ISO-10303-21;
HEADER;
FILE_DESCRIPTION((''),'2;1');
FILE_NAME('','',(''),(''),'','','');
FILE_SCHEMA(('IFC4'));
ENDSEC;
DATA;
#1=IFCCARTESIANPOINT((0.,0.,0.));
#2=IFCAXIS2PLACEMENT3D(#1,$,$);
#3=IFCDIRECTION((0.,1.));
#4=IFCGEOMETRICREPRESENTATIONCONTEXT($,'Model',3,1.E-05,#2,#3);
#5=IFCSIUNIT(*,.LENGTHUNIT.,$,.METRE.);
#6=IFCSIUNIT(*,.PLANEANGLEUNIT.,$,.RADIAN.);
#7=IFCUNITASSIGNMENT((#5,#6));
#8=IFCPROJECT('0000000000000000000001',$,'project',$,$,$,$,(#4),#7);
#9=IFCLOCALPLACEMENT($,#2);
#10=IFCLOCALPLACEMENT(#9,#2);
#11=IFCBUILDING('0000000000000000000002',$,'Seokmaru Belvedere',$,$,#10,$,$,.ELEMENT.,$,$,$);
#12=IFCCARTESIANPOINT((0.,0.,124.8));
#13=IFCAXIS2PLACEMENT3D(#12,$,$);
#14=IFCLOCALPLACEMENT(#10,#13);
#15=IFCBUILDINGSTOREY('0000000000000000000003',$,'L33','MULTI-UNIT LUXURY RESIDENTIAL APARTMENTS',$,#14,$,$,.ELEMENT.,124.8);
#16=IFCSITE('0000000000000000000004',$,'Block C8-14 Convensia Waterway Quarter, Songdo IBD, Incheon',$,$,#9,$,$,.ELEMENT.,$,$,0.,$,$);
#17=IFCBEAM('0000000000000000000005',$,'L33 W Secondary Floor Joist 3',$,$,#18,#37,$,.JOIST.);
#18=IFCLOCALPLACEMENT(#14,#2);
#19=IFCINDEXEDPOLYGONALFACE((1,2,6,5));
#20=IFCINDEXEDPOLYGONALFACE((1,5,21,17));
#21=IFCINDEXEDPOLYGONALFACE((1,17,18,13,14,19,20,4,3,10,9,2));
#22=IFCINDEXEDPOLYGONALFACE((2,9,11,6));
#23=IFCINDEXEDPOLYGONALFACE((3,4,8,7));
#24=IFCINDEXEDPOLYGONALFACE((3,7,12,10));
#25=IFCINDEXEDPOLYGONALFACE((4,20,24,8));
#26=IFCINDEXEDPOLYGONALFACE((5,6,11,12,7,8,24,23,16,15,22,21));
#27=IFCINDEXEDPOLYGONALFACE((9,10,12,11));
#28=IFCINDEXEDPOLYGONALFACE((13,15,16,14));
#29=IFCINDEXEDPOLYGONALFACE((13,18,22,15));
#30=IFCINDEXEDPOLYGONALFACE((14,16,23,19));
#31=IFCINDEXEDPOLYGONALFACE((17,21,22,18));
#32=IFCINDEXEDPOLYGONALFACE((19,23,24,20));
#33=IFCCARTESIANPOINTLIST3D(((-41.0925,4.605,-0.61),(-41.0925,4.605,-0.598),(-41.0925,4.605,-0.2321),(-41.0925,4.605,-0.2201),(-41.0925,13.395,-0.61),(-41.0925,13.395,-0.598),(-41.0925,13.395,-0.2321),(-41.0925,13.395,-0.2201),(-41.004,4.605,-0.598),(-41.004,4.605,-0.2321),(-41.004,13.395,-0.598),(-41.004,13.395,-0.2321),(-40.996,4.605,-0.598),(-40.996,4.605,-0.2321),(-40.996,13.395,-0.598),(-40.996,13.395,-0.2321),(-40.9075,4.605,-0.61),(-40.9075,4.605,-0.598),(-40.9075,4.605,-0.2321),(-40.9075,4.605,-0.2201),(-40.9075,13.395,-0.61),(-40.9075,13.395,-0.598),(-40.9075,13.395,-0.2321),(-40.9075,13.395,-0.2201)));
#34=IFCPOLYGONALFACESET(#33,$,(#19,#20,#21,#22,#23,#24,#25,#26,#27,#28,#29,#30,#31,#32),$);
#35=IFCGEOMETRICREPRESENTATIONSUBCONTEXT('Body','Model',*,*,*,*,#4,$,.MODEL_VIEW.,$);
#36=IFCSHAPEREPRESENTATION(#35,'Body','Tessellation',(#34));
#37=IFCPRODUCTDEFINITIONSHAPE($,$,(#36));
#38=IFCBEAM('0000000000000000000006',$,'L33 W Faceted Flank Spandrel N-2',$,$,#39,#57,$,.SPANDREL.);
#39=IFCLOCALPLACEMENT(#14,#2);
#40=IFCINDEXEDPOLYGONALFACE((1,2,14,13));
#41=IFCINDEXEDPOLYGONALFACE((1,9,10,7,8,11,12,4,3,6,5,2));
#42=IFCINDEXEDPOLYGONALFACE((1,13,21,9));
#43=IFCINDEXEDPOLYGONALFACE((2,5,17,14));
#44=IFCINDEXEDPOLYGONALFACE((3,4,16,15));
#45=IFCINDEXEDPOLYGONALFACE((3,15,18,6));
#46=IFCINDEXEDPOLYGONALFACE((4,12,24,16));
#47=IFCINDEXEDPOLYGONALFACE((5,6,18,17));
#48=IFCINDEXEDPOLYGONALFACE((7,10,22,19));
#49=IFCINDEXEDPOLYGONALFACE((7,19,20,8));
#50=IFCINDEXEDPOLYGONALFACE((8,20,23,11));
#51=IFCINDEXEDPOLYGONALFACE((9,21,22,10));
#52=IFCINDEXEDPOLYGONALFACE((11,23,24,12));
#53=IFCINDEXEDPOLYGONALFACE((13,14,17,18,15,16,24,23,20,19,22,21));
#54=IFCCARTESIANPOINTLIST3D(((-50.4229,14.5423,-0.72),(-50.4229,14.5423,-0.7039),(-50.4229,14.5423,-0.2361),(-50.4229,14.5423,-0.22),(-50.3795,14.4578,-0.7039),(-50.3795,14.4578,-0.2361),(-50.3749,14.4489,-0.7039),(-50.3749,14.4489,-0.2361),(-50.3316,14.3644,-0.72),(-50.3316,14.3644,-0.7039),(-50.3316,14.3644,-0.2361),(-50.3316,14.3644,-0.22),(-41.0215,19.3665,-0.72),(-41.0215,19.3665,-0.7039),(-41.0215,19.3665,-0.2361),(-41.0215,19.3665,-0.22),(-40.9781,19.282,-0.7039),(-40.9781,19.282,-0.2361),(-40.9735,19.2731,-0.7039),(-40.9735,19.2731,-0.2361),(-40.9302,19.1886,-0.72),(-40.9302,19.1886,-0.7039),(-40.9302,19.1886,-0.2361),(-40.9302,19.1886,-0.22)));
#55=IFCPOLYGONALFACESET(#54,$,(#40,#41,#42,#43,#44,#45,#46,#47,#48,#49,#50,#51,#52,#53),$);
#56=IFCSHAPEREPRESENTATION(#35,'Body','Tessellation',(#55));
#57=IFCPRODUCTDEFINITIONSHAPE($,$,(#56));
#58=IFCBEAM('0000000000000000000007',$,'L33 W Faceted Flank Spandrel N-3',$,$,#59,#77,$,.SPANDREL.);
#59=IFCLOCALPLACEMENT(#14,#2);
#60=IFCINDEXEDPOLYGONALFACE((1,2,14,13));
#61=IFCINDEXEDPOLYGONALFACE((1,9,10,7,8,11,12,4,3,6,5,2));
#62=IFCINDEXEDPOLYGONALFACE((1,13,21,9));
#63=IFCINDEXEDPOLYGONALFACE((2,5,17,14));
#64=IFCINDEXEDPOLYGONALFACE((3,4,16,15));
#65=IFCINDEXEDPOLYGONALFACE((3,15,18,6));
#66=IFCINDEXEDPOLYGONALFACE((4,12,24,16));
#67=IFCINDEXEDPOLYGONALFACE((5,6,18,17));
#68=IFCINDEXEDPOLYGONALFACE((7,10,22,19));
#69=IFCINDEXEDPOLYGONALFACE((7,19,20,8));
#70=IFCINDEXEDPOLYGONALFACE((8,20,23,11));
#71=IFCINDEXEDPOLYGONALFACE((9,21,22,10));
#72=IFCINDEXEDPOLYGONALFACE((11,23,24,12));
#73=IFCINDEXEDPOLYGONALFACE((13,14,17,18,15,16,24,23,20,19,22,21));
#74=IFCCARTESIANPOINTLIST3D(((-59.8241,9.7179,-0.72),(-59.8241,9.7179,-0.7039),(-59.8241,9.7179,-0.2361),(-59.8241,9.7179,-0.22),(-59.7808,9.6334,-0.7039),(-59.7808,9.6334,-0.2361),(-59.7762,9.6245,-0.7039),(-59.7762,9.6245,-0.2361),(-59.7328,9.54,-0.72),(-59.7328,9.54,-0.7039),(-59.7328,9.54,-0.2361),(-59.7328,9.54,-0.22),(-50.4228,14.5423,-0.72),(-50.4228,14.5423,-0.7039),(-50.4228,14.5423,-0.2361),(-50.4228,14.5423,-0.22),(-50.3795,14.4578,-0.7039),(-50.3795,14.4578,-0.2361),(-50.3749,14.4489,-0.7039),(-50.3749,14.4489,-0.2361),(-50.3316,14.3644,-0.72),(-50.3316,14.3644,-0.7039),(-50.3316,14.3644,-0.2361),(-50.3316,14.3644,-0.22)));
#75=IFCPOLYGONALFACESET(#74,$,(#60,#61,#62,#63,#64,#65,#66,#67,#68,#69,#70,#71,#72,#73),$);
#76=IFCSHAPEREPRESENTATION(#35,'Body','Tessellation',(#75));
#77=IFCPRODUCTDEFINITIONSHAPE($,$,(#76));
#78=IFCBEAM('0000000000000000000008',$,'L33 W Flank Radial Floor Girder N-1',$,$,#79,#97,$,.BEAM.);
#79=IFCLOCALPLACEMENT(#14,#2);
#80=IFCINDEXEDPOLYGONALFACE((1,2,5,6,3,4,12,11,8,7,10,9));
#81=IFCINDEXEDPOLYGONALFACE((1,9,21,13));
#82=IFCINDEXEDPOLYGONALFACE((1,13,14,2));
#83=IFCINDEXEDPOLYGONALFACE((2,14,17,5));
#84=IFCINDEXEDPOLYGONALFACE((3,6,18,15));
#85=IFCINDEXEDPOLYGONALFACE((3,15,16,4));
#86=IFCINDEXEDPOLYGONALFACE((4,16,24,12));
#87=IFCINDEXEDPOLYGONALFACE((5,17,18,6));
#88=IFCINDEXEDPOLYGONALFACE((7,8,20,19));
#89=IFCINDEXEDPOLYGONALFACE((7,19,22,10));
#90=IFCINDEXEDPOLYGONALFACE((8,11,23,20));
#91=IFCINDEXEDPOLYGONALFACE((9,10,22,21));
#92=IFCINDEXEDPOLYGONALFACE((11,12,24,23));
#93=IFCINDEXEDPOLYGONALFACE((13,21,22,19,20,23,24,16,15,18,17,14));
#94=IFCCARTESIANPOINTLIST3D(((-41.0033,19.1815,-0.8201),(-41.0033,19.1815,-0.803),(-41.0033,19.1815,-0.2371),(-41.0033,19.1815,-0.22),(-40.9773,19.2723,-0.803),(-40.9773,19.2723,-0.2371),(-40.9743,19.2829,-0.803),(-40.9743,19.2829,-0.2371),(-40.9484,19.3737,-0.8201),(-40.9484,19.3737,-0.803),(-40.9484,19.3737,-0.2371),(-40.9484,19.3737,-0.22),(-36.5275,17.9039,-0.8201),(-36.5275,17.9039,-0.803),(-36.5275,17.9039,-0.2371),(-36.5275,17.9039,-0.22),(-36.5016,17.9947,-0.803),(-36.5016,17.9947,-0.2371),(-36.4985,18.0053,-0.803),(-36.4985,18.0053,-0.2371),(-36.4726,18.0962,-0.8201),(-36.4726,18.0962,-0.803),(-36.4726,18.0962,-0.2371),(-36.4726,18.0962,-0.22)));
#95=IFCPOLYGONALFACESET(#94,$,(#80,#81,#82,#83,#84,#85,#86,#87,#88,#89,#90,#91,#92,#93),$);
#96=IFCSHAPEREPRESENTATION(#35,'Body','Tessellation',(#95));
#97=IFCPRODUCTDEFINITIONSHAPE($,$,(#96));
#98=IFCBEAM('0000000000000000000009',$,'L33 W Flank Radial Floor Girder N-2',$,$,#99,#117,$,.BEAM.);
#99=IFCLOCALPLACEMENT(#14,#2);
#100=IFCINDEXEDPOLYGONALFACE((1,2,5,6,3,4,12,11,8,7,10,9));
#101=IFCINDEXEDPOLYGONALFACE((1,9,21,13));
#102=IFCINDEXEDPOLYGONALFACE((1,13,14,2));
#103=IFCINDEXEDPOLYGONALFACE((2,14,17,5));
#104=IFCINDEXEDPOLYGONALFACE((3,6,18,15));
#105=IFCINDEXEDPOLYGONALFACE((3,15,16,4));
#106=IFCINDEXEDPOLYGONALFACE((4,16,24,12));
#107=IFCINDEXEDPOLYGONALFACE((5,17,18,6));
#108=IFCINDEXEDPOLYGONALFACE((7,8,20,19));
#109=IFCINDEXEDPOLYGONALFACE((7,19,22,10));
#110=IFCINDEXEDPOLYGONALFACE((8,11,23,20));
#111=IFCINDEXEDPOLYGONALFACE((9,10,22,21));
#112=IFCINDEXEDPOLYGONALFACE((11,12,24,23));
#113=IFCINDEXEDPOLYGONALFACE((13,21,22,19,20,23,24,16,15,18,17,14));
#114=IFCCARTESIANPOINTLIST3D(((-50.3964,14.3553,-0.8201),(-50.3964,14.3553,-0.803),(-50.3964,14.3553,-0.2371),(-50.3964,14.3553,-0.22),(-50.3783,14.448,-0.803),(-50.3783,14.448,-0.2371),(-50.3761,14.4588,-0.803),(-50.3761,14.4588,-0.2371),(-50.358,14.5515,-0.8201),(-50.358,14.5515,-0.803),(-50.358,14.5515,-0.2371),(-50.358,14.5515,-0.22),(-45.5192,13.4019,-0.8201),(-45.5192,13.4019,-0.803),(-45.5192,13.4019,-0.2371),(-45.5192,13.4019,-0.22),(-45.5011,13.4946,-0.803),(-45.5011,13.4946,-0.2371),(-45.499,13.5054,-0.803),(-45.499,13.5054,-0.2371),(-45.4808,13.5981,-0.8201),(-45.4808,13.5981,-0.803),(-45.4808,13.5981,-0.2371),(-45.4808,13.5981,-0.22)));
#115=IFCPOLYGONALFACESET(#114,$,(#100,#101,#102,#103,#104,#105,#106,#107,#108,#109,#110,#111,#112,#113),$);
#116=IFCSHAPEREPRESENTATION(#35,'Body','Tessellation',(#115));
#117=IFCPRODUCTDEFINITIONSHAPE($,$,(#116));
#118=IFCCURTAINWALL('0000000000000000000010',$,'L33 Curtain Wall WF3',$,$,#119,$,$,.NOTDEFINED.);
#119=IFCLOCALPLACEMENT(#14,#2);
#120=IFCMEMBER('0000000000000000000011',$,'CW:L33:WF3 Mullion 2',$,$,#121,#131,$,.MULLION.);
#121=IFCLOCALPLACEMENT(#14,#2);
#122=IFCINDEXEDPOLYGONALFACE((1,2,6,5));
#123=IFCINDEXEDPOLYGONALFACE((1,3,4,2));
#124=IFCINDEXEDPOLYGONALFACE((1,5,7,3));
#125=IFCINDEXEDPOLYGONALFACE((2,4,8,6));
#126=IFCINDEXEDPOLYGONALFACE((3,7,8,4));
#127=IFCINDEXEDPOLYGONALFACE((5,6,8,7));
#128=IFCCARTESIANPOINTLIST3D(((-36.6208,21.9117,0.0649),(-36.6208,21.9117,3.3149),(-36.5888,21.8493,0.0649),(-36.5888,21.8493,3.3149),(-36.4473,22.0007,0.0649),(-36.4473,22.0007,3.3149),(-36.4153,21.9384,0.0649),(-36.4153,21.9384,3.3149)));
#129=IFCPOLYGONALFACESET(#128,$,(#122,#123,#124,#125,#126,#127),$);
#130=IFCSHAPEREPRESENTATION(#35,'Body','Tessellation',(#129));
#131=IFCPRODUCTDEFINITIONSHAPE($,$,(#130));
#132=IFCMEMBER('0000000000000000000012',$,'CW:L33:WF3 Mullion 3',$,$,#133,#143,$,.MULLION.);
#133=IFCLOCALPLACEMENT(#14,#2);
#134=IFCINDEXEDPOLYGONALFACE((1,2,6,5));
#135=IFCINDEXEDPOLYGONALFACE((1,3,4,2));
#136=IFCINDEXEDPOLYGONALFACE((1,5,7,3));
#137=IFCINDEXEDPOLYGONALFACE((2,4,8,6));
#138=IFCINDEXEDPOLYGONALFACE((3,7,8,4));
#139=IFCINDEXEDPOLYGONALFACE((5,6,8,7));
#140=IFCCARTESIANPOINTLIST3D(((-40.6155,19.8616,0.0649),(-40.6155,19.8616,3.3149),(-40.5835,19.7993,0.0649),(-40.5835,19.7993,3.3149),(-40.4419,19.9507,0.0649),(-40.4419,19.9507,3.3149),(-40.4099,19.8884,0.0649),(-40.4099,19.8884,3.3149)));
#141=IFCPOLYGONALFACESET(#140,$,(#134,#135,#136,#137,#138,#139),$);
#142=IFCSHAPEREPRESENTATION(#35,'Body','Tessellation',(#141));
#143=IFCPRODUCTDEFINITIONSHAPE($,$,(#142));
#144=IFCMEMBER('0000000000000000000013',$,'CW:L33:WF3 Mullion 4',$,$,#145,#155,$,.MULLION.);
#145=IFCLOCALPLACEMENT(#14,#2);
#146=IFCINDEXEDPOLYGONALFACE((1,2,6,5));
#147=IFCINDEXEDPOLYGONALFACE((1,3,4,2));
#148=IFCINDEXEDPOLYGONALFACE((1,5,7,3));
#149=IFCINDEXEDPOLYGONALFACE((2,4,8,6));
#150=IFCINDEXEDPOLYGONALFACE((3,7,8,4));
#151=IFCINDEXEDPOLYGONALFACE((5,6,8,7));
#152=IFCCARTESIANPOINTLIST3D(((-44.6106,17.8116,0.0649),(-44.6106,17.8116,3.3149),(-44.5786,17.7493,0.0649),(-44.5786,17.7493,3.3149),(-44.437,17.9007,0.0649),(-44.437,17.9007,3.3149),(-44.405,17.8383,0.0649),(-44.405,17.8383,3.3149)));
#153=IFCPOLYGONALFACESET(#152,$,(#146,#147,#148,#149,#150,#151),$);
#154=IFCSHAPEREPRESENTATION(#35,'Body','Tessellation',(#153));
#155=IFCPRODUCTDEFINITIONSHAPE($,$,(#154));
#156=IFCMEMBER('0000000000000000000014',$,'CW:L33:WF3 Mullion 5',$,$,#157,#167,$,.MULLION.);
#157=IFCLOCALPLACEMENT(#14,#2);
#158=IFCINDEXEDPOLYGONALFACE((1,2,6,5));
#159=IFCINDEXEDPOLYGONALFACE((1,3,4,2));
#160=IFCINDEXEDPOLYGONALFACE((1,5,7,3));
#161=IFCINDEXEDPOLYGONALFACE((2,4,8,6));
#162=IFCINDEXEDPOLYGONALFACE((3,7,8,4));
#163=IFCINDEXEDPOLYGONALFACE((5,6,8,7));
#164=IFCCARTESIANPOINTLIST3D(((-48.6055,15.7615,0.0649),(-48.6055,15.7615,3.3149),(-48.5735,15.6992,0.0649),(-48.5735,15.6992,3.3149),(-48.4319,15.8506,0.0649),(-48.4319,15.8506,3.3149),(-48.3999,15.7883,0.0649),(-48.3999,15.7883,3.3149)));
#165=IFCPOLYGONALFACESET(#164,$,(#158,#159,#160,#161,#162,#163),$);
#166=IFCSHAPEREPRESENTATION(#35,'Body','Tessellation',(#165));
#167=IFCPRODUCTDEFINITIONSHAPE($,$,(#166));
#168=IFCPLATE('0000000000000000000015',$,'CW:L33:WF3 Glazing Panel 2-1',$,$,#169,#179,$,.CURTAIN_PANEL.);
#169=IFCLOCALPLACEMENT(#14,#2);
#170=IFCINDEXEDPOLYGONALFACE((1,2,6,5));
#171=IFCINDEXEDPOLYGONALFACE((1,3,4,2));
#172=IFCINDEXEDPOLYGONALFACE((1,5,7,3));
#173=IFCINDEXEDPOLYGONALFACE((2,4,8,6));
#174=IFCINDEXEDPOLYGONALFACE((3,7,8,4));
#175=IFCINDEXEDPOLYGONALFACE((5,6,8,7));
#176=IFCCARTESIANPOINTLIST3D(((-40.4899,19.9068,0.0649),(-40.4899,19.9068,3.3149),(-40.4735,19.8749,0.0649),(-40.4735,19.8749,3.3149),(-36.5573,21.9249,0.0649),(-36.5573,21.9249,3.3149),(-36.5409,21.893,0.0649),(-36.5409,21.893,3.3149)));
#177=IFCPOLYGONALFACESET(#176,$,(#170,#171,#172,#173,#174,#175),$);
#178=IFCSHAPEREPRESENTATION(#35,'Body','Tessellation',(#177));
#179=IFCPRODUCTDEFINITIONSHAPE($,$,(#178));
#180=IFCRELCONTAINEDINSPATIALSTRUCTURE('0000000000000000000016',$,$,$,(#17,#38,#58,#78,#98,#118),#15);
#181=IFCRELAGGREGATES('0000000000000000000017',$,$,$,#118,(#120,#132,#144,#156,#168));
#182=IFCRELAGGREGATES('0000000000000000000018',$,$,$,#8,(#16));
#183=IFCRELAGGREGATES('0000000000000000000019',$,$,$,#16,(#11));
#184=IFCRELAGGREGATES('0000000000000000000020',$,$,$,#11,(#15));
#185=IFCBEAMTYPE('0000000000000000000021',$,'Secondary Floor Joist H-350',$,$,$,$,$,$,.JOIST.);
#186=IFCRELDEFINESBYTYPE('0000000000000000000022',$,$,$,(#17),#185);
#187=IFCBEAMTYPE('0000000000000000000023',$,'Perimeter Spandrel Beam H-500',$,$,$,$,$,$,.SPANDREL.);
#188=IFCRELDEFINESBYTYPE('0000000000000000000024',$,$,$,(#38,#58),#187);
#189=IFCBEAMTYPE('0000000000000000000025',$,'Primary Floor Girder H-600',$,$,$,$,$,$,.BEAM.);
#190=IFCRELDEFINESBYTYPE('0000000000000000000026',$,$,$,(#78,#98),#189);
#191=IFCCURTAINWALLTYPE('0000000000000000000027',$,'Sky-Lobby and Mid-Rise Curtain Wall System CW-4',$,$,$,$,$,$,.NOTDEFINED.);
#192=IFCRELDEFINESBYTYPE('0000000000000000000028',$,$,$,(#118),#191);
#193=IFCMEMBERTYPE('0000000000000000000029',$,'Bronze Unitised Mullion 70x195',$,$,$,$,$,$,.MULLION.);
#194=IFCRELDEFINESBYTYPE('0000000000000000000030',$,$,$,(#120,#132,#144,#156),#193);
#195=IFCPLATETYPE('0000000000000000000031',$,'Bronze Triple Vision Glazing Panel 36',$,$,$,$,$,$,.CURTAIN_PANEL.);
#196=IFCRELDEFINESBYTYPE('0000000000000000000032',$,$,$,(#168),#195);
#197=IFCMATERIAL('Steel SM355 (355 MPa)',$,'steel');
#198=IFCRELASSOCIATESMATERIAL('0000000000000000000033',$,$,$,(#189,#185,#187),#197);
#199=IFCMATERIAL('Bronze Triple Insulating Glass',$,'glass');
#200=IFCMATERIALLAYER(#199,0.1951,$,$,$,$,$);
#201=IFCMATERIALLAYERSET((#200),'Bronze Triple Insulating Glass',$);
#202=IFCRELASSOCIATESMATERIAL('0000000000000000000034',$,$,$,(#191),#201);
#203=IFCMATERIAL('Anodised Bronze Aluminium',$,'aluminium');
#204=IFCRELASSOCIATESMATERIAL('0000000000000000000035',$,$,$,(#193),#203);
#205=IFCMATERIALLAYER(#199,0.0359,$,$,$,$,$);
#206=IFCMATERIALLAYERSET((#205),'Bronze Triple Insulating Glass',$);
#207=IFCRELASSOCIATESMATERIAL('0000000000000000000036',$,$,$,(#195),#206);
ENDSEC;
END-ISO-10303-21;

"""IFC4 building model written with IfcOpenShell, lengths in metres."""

from ifc_helpers import new_model, si_unit, direction, frame, origin, origin_2d, place, context, subcontext, project, spatial, rectangle, i_section, extrude, source, transform, mapped, material, layer, layer_set, material_profile, profile_set, type_object, type_shapes, element, aggregate, save


model = new_model("IFC4")

# Units and contexts
model_context = context("Model", 3, precision=1e-05, world=origin(), true_north=direction((0.0, 1.0)))
body_context = subcontext(model_context, "Body", "Model", "MODEL_VIEW")
ifc_project = project(units=[si_unit("LENGTHUNIT", "METRE"), si_unit("PLANEANGLEUNIT", "RADIAN")], contexts=[model_context])

# Site, building, storey
site_placement = place(None, origin())
site = spatial("IfcSite", under=ifc_project, at=site_placement, Name="Block C8-14 Convensia Waterway Quarter, Songdo IBD, Incheon", CompositionType="ELEMENT", RefElevation=0.0)
building_placement = place(site_placement, origin())
building = spatial("IfcBuilding", under=site, at=building_placement, Name="Seokmaru Belvedere", CompositionType="ELEMENT")
storey_placement = place(building_placement, frame((0.0, 0.0, 124.8)))
storey = spatial("IfcBuildingStorey", under=building, at=storey_placement, Name="L33", Description="MULTI-UNIT LUXURY RESIDENTIAL APARTMENTS", CompositionType="ELEMENT", Elevation=124.8)

# Shared definitions
ifc_material_1 = material(Name="Steel SM355 (355 MPa)", Category="steel")

# Beams
ifc_material_profile_1 = material_profile(ifc_material_1, i_section(OverallWidth=0.2, OverallDepth=0.6001, WebThickness=0.011, FlangeThickness=0.0171, at=origin_2d()), Name="H-600x200x11x17")
ifc_profile_set_1 = profile_set([ifc_material_profile_1], Name="Steel SM355 (355 MPa)")
beam_type_1 = type_object("IfcBeamType", Name="Primary Floor Girder H-600", PredefinedType="BEAM", material=ifc_profile_set_1)
ifc_material_profile_2 = material_profile(ifc_material_1, i_section(OverallWidth=0.1851, OverallDepth=0.3899, WebThickness=0.0081, FlangeThickness=0.012, at=origin_2d()), Name="H-390x185x8x12")
ifc_profile_set_2 = profile_set([ifc_material_profile_2], Name="Steel SM355 (355 MPa)")
beam_type_2 = type_object("IfcBeamType", Name="Secondary Floor Joist H-350", PredefinedType="JOIST", material=ifc_profile_set_2)
shared_shape_1 = source(origin(), body_context, "Body", "SweptSolid", [
    extrude(i_section(OverallWidth=0.1851, OverallDepth=0.3899, WebThickness=0.0081, FlangeThickness=0.012, at=origin_2d()), origin(), (0.0, 0.0, 1.0), 8.79),
])
type_shapes(beam_type_2, [shared_shape_1])
for number, where, z_axis, x_axis, name in (
    (1, (-41.0, 4.605, -0.415), (0.0, 1.0, 0.0), (-1.0, 0.0, 0.0), "L33 W Secondary Floor Joist 3"),
):
    element("IfcBeam", number, at=place(storey_placement, frame(where, z_axis=z_axis, x_axis=x_axis)), inside=storey, type_object=beam_type_2, Name=name, PredefinedType="JOIST", context=body_context, shape_type="MappedRepresentation", body=[
        mapped(shared_shape_1, transform((0.0, 0.0, 0.0), scale=1.0)),
    ])
ifc_material_profile_3 = material_profile(ifc_material_1, i_section(OverallWidth=0.2, OverallDepth=0.5, WebThickness=0.01, FlangeThickness=0.0161, at=origin_2d()), Name="H-500x200x10x16")
ifc_profile_set_3 = profile_set([ifc_material_profile_3], Name="Steel SM355 (355 MPa)")
beam_type_3 = type_object("IfcBeamType", Name="Perimeter Spandrel Beam H-500", PredefinedType="SPANDREL", material=ifc_profile_set_3)
shared_shape_2 = source(origin(), body_context, "Body", "SweptSolid", [
    extrude(i_section(OverallWidth=0.2, OverallDepth=0.5, WebThickness=0.01, FlangeThickness=0.0161, at=origin_2d()), origin(), (0.0, 0.0, 1.0), 10.5669),
])
type_shapes(beam_type_3, [shared_shape_2])
for number, where, z_axis, x_axis, name in (
    (2, (-40.9758, 19.2776, -0.47), (-0.889702, -0.456542, 0.0), (0.456542, -0.889702, 0.0), "L33 W Faceted Flank Spandrel N-2"),
    (3, (-50.3772, 14.4534, -0.47), (-0.889693, -0.45656, 0.0), (0.45656, -0.889693, 0.0), "L33 W Faceted Flank Spandrel N-3"),
):
    element("IfcBeam", number, at=place(storey_placement, frame(where, z_axis=z_axis, x_axis=x_axis)), inside=storey, type_object=beam_type_3, Name=name, PredefinedType="SPANDREL", context=body_context, shape_type="MappedRepresentation", body=[
        mapped(shared_shape_2, transform((0.0, 0.0, 0.0), scale=1.0)),
    ])
shared_shape_3 = source(origin(), body_context, "Body", "SweptSolid", [
    extrude(i_section(OverallWidth=0.2, OverallDepth=0.6001, WebThickness=0.011, FlangeThickness=0.0171, at=origin_2d()), origin(), (0.0, 0.0, 1.0), 4.6545),
])
beam_1_placement = place(storey_placement, frame((-40.9758, 19.2776, -0.52), z_axis=(0.961593, -0.274479, 0.0), x_axis=(0.274479, 0.961593, 0.0)))
element("IfcBeam", 4, at=beam_1_placement, inside=storey, type_object=beam_type_1, Name="L33 W Flank Radial Floor Girder N-1", PredefinedType="BEAM", context=body_context, shape_type="MappedRepresentation", body=[
    mapped(shared_shape_3, transform((0.0, 0.0, 0.0), scale=1.0)),
])
shared_shape_4 = source(origin(), body_context, "Body", "SweptSolid", [
    extrude(i_section(OverallWidth=0.2, OverallDepth=0.6001, WebThickness=0.011, FlangeThickness=0.0171, at=origin_2d()), origin(), (0.0, 0.0, 1.0), 4.9695),
])
beam_2_placement = place(storey_placement, frame((-50.3772, 14.4534, -0.52), z_axis=(0.981425, -0.191844, 0.0), x_axis=(0.191844, 0.981425, 0.0)))
element("IfcBeam", 5, at=beam_2_placement, inside=storey, type_object=beam_type_1, Name="L33 W Flank Radial Floor Girder N-2", PredefinedType="BEAM", context=body_context, shape_type="MappedRepresentation", body=[
    mapped(shared_shape_4, transform((0.0, 0.0, 0.0), scale=1.0)),
])

# Curtain wall, members, plate
ifc_material_2 = material(Name="Bronze Triple Insulating Glass", Category="glass")
ifc_layer_1 = layer(ifc_material_2, 0.1951)
ifc_layer_set_1 = layer_set([ifc_layer_1], Name="Bronze Triple Insulating Glass")
curtain_wall_type = type_object("IfcCurtainWallType", Name="Sky-Lobby and Mid-Rise Curtain Wall System CW-4", PredefinedType="NOTDEFINED", material=ifc_layer_set_1)
curtain_wall_placement = place(storey_placement, origin())
curtain_wall = element("IfcCurtainWall", 6, at=curtain_wall_placement, inside=storey, type_object=curtain_wall_type, Name="L33 Curtain Wall WF3", PredefinedType="NOTDEFINED")
ifc_material_3 = material(Name="Anodised Bronze Aluminium", Category="aluminium")
ifc_material_profile_4 = material_profile(ifc_material_3, rectangle(XDim=0.0701, YDim=0.1951, at=origin_2d()), Name="CW-M-70x195")
ifc_profile_set_4 = profile_set([ifc_material_profile_4], Name="Anodised Bronze Aluminium")
member_type = type_object("IfcMemberType", Name="Bronze Unitised Mullion 70x195", PredefinedType="MULLION", material=ifc_profile_set_4)
shared_shape_5 = source(origin(), body_context, "Body", "SweptSolid", [
    extrude(rectangle(XDim=0.0701, YDim=0.1951, at=origin_2d()), origin(), (0.0, 0.0, 1.0), 3.25),
])
type_shapes(member_type, [shared_shape_5])
member_1_placement = place(storey_placement, frame((-36.5181, 21.925, 0.0649), z_axis=(0.0, 0.0, 1.0), x_axis=(0.456555, -0.889695, 0.0)))
member_1 = element("IfcMember", 7, at=member_1_placement, type_object=member_type, Name="CW:L33:WF3 Mullion 2", PredefinedType="MULLION", context=body_context, shape_type="MappedRepresentation", body=[
    mapped(shared_shape_5, transform((0.0, 0.0, 0.0), scale=1.0)),
])
member_2_placement = place(storey_placement, frame((-40.5127, 19.875, 0.0649), z_axis=(0.0, 0.0, 1.0), x_axis=(0.456555, -0.889695, 0.0)))
member_2 = element("IfcMember", 8, at=member_2_placement, type_object=member_type, Name="CW:L33:WF3 Mullion 3", PredefinedType="MULLION", context=body_context, shape_type="MappedRepresentation", body=[
    mapped(shared_shape_5, transform((0.0, 0.0, 0.0), scale=1.0)),
])
member_3_placement = place(storey_placement, frame((-44.5078, 17.825, 0.0649), z_axis=(0.0, 0.0, 1.0), x_axis=(0.456555, -0.889695, 0.0)))
member_3 = element("IfcMember", 9, at=member_3_placement, type_object=member_type, Name="CW:L33:WF3 Mullion 4", PredefinedType="MULLION", context=body_context, shape_type="MappedRepresentation", body=[
    mapped(shared_shape_5, transform((0.0, 0.0, 0.0), scale=1.0)),
])
member_4_placement = place(storey_placement, frame((-48.5027, 15.7749, 0.0649), z_axis=(0.0, 0.0, 1.0), x_axis=(0.456555, -0.889695, 0.0)))
member_4 = element("IfcMember", 10, at=member_4_placement, type_object=member_type, Name="CW:L33:WF3 Mullion 5", PredefinedType="MULLION", context=body_context, shape_type="MappedRepresentation", body=[
    mapped(shared_shape_5, transform((0.0, 0.0, 0.0), scale=1.0)),
])
ifc_layer_2 = layer(ifc_material_2, 0.0359)
ifc_layer_set_2 = layer_set([ifc_layer_2], Name="Bronze Triple Insulating Glass")
plate_type = type_object("IfcPlateType", Name="Bronze Triple Vision Glazing Panel 36", PredefinedType="CURTAIN_PANEL", material=ifc_layer_set_2)
shared_shape_6 = source(origin(), body_context, "Body", "SweptSolid", [
    extrude(rectangle(XDim=4.4202, YDim=0.0359, at=origin_2d()), origin(), (0.0, 0.0, 1.0), 3.25),
])
type_shapes(plate_type, [shared_shape_6])
plate_1_placement = place(storey_placement, frame((-38.5154, 20.8999, 0.0649), z_axis=(0.0, 0.0, 1.0), x_axis=(-0.889695, -0.456555, 0.0)))
plate_1 = element("IfcPlate", 11, at=plate_1_placement, type_object=plate_type, Name="CW:L33:WF3 Glazing Panel 2-1", PredefinedType="CURTAIN_PANEL", context=body_context, shape_type="MappedRepresentation", body=[
    mapped(shared_shape_6, transform((0.0, 0.0, 0.0), scale=1.0)),
])
aggregate(curtain_wall, [member_1, member_2, member_3, member_4, plate_1])

save(model, "model.ifc")
